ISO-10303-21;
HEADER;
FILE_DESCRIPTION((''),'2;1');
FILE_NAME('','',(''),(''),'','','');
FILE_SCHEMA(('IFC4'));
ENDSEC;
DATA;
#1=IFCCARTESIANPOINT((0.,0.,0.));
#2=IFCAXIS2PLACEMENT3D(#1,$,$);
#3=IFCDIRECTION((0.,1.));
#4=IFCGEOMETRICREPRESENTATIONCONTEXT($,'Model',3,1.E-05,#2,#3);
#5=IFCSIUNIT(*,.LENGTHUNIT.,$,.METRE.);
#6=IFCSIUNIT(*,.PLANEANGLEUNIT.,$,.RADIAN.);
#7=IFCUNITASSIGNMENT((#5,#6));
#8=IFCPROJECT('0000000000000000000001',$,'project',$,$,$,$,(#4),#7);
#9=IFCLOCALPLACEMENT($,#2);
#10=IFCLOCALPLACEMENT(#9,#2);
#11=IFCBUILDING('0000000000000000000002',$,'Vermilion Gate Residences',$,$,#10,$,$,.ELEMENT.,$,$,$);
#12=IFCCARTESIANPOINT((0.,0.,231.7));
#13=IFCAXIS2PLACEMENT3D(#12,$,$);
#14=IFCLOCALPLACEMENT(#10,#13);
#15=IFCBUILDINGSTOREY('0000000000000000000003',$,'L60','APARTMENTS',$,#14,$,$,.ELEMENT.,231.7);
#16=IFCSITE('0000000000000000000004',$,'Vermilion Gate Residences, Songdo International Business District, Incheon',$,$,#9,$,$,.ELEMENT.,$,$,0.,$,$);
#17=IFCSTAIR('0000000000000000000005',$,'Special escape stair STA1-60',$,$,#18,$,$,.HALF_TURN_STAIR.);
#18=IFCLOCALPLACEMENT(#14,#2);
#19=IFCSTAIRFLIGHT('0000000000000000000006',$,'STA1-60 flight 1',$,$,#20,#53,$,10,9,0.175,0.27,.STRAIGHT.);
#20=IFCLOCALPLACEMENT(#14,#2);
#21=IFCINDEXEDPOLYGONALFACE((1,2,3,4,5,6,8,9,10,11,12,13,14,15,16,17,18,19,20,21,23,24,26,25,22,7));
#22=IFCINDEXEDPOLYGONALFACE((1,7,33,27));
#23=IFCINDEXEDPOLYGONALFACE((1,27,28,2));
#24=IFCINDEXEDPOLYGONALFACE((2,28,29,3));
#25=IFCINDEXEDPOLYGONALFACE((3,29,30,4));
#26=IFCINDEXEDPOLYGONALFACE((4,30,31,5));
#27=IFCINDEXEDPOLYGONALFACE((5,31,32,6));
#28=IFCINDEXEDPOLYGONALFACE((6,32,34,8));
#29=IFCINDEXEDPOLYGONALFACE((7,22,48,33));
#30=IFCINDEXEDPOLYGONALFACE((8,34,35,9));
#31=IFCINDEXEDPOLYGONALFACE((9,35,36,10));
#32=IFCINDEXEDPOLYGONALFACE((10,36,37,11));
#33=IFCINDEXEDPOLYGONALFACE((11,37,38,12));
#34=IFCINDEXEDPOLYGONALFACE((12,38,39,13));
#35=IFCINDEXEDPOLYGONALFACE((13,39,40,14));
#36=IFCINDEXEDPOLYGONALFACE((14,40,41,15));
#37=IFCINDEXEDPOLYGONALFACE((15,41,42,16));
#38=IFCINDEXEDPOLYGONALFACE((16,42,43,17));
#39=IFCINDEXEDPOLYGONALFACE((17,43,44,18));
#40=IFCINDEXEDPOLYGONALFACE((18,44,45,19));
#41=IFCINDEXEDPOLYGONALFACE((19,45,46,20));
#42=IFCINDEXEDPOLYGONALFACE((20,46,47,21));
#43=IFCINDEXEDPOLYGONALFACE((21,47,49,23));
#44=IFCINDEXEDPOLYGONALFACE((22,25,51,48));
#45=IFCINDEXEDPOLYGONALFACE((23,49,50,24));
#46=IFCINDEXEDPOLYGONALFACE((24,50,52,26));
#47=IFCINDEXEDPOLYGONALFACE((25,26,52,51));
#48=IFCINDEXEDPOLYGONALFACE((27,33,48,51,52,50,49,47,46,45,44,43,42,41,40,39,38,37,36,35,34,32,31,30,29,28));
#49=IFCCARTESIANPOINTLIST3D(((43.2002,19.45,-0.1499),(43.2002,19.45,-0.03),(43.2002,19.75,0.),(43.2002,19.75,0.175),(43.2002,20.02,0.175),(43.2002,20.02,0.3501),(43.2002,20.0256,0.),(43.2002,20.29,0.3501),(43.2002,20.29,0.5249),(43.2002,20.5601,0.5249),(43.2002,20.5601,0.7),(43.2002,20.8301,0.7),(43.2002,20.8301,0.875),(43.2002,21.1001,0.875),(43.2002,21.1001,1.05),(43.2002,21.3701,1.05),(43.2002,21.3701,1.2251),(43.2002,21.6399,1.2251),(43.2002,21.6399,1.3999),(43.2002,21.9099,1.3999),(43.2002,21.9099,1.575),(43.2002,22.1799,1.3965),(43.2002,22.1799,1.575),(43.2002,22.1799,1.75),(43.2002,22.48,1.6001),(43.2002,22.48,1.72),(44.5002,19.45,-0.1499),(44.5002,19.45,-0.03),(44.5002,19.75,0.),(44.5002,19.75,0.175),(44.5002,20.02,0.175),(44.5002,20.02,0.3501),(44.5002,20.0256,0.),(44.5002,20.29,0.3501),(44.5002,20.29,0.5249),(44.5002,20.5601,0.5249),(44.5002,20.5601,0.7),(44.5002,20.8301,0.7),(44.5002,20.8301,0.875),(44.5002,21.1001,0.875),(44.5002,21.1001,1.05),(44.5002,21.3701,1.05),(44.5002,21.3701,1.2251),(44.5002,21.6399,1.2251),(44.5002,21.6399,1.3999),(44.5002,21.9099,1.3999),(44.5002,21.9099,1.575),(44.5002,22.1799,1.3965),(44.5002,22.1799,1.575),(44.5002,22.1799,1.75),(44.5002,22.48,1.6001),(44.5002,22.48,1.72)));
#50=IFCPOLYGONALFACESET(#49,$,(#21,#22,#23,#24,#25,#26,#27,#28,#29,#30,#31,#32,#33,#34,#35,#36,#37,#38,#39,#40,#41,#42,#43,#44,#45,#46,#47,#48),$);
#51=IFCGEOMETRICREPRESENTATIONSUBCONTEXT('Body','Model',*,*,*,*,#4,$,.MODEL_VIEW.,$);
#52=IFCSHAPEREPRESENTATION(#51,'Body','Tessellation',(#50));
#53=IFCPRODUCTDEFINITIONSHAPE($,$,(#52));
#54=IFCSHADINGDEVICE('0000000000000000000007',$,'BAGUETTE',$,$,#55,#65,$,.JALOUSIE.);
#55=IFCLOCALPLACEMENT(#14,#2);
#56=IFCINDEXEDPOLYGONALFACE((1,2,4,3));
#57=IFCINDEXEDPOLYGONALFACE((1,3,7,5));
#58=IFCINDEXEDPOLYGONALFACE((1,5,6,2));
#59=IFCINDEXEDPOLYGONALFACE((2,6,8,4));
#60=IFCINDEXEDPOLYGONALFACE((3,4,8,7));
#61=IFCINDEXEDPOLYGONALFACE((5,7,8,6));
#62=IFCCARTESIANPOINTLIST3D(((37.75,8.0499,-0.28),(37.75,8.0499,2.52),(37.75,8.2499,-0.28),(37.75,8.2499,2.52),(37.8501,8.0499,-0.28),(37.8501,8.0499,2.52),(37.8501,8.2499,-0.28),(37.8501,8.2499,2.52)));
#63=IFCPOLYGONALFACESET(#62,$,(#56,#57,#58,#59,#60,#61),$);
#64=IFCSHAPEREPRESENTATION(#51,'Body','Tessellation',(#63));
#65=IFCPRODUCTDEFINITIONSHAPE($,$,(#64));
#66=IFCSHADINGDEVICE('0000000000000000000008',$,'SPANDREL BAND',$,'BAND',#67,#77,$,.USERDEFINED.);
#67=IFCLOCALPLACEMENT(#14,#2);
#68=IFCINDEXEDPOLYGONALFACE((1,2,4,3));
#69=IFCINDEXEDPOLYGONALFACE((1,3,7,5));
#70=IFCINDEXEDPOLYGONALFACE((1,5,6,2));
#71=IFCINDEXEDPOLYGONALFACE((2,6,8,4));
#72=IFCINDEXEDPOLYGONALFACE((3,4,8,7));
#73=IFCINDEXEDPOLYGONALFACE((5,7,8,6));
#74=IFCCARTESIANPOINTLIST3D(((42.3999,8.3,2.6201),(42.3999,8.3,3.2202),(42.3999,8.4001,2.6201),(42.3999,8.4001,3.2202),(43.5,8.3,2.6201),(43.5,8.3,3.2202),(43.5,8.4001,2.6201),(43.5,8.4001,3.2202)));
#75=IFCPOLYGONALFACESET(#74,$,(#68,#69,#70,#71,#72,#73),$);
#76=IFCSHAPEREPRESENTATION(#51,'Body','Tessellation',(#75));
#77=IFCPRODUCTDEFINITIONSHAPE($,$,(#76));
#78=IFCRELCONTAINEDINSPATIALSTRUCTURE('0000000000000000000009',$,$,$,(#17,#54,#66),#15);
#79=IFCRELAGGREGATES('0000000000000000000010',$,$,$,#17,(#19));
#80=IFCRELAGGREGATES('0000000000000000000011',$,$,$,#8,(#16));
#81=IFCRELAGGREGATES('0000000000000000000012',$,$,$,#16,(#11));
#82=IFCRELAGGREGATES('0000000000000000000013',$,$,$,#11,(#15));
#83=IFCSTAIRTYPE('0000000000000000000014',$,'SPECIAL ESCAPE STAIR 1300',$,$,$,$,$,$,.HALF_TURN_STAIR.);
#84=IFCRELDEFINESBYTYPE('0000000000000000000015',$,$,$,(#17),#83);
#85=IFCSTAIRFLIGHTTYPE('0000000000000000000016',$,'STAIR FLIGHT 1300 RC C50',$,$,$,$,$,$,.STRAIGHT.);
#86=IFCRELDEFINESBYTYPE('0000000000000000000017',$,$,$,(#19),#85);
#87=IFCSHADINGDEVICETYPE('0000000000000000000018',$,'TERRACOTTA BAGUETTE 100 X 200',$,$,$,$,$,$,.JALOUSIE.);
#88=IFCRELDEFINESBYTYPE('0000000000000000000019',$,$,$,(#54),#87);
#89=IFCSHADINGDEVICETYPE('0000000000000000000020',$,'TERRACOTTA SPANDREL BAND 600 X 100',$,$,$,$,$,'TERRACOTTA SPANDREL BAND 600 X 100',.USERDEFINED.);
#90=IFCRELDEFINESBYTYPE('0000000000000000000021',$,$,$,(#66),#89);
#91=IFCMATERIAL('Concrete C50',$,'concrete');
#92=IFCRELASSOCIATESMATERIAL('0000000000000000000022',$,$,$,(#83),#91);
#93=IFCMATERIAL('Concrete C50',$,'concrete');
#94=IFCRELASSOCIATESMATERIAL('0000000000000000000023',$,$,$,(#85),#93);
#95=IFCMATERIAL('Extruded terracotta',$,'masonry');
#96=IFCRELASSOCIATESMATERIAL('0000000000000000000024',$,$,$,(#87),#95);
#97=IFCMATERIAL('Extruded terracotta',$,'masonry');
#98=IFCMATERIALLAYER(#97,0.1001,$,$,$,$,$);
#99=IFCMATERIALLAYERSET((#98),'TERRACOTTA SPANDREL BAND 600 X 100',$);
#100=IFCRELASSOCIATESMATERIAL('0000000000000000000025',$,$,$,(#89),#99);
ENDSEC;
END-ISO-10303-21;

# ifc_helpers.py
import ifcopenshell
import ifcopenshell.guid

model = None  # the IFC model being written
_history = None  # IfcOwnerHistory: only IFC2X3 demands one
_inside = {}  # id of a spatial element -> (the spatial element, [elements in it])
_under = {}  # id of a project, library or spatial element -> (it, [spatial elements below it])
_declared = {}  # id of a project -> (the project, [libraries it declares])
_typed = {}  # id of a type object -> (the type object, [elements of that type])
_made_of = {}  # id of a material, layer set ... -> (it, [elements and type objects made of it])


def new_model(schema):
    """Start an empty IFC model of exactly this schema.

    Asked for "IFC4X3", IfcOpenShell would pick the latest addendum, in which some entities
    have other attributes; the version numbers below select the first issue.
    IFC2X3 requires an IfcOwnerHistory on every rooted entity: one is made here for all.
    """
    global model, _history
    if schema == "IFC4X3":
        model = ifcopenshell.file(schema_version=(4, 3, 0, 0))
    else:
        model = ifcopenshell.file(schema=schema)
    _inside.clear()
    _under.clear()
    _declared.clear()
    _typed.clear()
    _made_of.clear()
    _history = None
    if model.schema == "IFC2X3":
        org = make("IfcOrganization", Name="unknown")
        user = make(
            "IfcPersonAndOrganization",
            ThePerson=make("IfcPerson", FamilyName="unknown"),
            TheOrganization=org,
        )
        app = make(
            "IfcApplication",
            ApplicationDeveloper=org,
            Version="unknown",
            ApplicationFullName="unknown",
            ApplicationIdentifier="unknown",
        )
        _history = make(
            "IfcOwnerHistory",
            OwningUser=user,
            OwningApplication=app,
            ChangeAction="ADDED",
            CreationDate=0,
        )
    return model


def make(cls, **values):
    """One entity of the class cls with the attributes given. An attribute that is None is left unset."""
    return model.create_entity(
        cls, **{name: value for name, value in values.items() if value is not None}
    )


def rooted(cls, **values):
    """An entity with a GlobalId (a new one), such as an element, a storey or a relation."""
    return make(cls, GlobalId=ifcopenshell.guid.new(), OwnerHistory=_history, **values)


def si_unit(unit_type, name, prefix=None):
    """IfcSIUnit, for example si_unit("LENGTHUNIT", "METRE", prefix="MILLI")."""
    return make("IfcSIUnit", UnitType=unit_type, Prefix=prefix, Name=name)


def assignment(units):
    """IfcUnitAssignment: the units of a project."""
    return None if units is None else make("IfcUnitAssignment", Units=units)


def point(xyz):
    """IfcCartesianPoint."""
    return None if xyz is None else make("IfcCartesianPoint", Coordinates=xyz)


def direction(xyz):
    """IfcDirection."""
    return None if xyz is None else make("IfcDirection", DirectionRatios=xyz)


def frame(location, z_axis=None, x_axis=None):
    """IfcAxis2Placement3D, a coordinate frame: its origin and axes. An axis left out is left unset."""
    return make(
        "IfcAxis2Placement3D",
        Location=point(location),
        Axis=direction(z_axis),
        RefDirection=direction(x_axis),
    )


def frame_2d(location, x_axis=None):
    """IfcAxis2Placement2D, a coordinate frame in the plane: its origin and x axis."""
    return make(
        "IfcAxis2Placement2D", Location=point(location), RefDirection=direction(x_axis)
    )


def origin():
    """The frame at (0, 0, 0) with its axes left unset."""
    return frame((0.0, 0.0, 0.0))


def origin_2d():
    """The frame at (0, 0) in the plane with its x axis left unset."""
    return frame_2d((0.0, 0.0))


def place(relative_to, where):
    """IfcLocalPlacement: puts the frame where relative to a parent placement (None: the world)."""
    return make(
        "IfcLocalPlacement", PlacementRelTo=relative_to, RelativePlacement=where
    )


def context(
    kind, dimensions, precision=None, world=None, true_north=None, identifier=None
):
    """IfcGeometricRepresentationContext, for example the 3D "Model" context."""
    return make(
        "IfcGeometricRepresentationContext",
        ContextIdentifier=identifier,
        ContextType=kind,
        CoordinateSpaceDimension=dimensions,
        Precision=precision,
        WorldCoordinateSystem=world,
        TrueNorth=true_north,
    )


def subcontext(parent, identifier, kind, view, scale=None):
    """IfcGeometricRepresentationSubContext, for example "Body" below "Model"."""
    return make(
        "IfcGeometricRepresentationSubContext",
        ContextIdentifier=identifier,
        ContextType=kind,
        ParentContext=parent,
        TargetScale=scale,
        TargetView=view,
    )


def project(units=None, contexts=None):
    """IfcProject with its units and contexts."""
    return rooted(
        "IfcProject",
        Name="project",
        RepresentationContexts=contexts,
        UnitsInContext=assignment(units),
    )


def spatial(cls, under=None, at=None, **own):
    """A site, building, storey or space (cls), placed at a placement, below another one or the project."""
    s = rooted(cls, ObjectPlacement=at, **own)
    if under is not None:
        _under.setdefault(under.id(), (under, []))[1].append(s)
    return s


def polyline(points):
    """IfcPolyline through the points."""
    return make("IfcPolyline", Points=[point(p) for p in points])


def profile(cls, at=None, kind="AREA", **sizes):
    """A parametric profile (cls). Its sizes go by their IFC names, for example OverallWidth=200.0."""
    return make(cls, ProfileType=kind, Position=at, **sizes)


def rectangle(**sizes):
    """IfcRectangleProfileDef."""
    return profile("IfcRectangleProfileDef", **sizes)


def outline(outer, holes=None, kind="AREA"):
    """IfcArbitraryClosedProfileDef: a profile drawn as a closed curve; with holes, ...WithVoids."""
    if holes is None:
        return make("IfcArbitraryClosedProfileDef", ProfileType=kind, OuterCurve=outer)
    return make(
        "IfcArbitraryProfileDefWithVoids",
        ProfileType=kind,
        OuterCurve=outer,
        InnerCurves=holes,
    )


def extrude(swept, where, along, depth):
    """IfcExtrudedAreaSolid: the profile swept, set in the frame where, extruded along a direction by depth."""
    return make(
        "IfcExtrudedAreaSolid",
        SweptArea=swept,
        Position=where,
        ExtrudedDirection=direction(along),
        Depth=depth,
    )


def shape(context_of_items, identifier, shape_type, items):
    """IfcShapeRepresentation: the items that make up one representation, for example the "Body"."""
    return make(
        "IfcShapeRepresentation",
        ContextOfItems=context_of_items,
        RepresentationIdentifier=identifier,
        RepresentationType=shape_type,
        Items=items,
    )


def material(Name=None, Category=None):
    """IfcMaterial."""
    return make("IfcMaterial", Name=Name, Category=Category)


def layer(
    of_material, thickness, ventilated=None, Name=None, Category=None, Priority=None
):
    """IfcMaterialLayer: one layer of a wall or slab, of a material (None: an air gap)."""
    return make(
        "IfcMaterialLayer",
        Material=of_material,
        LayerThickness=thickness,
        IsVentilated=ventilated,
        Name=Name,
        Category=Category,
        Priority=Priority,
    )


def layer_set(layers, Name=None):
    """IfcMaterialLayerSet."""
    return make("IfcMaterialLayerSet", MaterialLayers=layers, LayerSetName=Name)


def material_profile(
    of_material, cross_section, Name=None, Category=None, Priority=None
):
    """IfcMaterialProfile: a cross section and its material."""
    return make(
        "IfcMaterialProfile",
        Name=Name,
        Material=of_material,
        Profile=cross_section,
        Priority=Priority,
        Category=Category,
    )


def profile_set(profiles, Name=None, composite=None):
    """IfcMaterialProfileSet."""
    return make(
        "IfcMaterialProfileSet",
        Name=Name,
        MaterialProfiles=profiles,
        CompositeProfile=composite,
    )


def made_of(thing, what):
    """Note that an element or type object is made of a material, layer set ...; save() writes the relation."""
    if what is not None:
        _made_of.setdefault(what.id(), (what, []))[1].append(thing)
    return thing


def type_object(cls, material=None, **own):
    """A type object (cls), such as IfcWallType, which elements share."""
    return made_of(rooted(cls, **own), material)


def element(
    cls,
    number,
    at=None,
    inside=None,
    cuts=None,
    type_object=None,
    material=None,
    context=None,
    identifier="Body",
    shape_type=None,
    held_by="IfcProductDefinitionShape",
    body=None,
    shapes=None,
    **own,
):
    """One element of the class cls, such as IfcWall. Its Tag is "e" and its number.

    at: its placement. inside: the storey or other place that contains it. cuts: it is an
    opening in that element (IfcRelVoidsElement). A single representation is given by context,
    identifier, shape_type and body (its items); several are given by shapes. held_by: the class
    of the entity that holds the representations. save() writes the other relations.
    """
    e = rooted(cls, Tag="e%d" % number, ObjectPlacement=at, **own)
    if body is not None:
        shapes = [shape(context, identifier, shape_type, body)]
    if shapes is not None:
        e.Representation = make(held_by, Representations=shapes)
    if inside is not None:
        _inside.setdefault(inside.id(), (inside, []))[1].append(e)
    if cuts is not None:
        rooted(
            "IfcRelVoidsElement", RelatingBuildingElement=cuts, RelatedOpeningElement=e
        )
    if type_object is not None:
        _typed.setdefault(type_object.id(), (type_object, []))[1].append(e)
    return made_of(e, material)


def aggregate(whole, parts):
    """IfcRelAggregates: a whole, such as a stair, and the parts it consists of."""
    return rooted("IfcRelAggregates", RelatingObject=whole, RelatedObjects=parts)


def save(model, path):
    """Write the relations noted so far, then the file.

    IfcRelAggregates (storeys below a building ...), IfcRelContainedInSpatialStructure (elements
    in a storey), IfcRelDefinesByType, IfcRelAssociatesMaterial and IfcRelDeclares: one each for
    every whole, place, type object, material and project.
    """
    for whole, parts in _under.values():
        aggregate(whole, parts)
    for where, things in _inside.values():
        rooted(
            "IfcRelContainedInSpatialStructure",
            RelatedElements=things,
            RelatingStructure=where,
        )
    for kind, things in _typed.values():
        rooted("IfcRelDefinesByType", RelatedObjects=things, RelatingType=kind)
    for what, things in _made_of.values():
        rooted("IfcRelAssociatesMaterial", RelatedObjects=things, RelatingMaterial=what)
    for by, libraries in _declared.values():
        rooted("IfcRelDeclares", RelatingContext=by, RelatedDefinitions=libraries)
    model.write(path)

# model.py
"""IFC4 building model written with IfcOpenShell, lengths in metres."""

from ifc_helpers import new_model, si_unit, direction, frame, origin, origin_2d, place, context, subcontext, project, spatial, polyline, rectangle, outline, extrude, material, layer, layer_set, material_profile, profile_set, type_object, element, aggregate, save


model = new_model("IFC4")

# Units and contexts
model_context = context("Model", 3, precision=1e-05, world=origin(), true_north=direction((0.0, 1.0)))
body_context = subcontext(model_context, "Body", "Model", "MODEL_VIEW")
ifc_project = project(units=[si_unit("LENGTHUNIT", "METRE"), si_unit("PLANEANGLEUNIT", "RADIAN")], contexts=[model_context])

# Site, building, storey
site_placement = place(None, origin())
site = spatial("IfcSite", under=ifc_project, at=site_placement, Name="Vermilion Gate Residences, Songdo International Business District, Incheon", CompositionType="ELEMENT", RefElevation=0.0)
building_placement = place(site_placement, origin())
building = spatial("IfcBuilding", under=site, at=building_placement, Name="Vermilion Gate Residences", CompositionType="ELEMENT")
storey_placement = place(building_placement, frame((0.0, 0.0, 231.7)))
storey = spatial("IfcBuildingStorey", under=building, at=storey_placement, Name="L60", Description="APARTMENTS", CompositionType="ELEMENT", Elevation=231.7)

# Stair, stair flight
ifc_material_1 = material(Name="Concrete C50", Category="concrete")
stair_type = type_object("IfcStairType", Name="SPECIAL ESCAPE STAIR 1300", PredefinedType="HALF_TURN_STAIR", material=ifc_material_1)
stair_placement = place(storey_placement, origin())
stair = element("IfcStair", 1, at=stair_placement, inside=storey, type_object=stair_type, Name="Special escape stair STA1-60", PredefinedType="HALF_TURN_STAIR")
ifc_material_2 = material(Name="Concrete C50", Category="concrete")
stair_flight_type = type_object("IfcStairFlightType", Name="STAIR FLIGHT 1300 RC C50", PredefinedType="STRAIGHT", material=ifc_material_2)
stair_flight_placement = place(storey_placement, frame((43.8501, 19.75, 0.0), z_axis=(0.0, 0.0, 1.0), x_axis=(0.0, 1.0, 0.0)))
stair_flight = element("IfcStairFlight", 2, at=stair_flight_placement, type_object=stair_flight_type, Name="STA1-60 flight 1", NumberOfRisers=10, NumberOfTreads=9, PredefinedType="STRAIGHT", RiserHeight=0.175, TreadLength=0.27, context=body_context, shape_type="SweptSolid", body=[
    extrude(outline(polyline([(-0.3, -0.1499), (-0.3, -0.03), (0.0, 0.0), (0.0, 0.175), (0.27, 0.175), (0.27, 0.3501), (0.54, 0.3501), (0.54, 0.5249), (0.8101, 0.5249), (0.8101, 0.7), (1.0801, 0.7), (1.0801, 0.875), (1.3501, 0.875), (1.3501, 1.05), (1.6201, 1.05), (1.6201, 1.2251), (1.8899, 1.2251), (1.8899, 1.3999), (2.1599, 1.3999), (2.1599, 1.575), (2.4299, 1.575), (2.4299, 1.75), (2.73, 1.72), (2.73, 1.6001), (2.4299, 1.3965), (0.2756, 0.0), (-0.3, -0.1499)])), frame((0.0, 0.6499, 0.0), z_axis=(0.0, -1.0, 0.0), x_axis=(1.0, 0.0, 0.0)), (0.0, 0.0, 1.0), 1.3),
])
aggregate(stair, [stair_flight])

# Shading devices
ifc_material_3 = material(Name="Extruded terracotta", Category="masonry")
ifc_material_profile_1 = material_profile(ifc_material_3, rectangle(XDim=0.2, YDim=0.1001, at=origin_2d()), Name="BAGUETTE 100 X 200")
ifc_profile_set_1 = profile_set([ifc_material_profile_1], Name="Extruded terracotta")
shading_device_type_1 = type_object("IfcShadingDeviceType", Name="TERRACOTTA BAGUETTE 100 X 200", PredefinedType="JALOUSIE", material=ifc_profile_set_1)
shading_device_1_placement = place(storey_placement, frame((37.8, 8.1499, -0.28), z_axis=(0.0, 0.0, 1.0), x_axis=(0.0, 1.0, 0.0)))
element("IfcShadingDevice", 3, at=shading_device_1_placement, inside=storey, type_object=shading_device_type_1, Name="BAGUETTE", PredefinedType="JALOUSIE", context=body_context, shape_type="SweptSolid", body=[
    extrude(rectangle(XDim=0.2, YDim=0.1001, at=origin_2d()), origin(), (0.0, 0.0, 1.0), 2.8),
])
ifc_material_4 = material(Name="Extruded terracotta", Category="masonry")
ifc_layer_1 = layer(ifc_material_4, 0.1001)
ifc_layer_set_1 = layer_set([ifc_layer_1], Name="TERRACOTTA SPANDREL BAND 600 X 100")
shading_device_type_2 = type_object("IfcShadingDeviceType", Name="TERRACOTTA SPANDREL BAND 600 X 100", ElementType="TERRACOTTA SPANDREL BAND 600 X 100", PredefinedType="USERDEFINED", material=ifc_layer_set_1)
shading_device_2_placement = place(storey_placement, frame((42.95, 8.3501, 2.6201), z_axis=(0.0, 0.0, 1.0), x_axis=(1.0, 0.0, 0.0)))
element("IfcShadingDevice", 4, at=shading_device_2_placement, inside=storey, type_object=shading_device_type_2, Name="SPANDREL BAND", ObjectType="BAND", PredefinedType="USERDEFINED", context=body_context, shape_type="SweptSolid", body=[
    extrude(rectangle(XDim=1.1001, YDim=0.1001, at=origin_2d()), origin(), (0.0, 0.0, 1.0), 0.6001),
])

save(model, "model.ifc")
